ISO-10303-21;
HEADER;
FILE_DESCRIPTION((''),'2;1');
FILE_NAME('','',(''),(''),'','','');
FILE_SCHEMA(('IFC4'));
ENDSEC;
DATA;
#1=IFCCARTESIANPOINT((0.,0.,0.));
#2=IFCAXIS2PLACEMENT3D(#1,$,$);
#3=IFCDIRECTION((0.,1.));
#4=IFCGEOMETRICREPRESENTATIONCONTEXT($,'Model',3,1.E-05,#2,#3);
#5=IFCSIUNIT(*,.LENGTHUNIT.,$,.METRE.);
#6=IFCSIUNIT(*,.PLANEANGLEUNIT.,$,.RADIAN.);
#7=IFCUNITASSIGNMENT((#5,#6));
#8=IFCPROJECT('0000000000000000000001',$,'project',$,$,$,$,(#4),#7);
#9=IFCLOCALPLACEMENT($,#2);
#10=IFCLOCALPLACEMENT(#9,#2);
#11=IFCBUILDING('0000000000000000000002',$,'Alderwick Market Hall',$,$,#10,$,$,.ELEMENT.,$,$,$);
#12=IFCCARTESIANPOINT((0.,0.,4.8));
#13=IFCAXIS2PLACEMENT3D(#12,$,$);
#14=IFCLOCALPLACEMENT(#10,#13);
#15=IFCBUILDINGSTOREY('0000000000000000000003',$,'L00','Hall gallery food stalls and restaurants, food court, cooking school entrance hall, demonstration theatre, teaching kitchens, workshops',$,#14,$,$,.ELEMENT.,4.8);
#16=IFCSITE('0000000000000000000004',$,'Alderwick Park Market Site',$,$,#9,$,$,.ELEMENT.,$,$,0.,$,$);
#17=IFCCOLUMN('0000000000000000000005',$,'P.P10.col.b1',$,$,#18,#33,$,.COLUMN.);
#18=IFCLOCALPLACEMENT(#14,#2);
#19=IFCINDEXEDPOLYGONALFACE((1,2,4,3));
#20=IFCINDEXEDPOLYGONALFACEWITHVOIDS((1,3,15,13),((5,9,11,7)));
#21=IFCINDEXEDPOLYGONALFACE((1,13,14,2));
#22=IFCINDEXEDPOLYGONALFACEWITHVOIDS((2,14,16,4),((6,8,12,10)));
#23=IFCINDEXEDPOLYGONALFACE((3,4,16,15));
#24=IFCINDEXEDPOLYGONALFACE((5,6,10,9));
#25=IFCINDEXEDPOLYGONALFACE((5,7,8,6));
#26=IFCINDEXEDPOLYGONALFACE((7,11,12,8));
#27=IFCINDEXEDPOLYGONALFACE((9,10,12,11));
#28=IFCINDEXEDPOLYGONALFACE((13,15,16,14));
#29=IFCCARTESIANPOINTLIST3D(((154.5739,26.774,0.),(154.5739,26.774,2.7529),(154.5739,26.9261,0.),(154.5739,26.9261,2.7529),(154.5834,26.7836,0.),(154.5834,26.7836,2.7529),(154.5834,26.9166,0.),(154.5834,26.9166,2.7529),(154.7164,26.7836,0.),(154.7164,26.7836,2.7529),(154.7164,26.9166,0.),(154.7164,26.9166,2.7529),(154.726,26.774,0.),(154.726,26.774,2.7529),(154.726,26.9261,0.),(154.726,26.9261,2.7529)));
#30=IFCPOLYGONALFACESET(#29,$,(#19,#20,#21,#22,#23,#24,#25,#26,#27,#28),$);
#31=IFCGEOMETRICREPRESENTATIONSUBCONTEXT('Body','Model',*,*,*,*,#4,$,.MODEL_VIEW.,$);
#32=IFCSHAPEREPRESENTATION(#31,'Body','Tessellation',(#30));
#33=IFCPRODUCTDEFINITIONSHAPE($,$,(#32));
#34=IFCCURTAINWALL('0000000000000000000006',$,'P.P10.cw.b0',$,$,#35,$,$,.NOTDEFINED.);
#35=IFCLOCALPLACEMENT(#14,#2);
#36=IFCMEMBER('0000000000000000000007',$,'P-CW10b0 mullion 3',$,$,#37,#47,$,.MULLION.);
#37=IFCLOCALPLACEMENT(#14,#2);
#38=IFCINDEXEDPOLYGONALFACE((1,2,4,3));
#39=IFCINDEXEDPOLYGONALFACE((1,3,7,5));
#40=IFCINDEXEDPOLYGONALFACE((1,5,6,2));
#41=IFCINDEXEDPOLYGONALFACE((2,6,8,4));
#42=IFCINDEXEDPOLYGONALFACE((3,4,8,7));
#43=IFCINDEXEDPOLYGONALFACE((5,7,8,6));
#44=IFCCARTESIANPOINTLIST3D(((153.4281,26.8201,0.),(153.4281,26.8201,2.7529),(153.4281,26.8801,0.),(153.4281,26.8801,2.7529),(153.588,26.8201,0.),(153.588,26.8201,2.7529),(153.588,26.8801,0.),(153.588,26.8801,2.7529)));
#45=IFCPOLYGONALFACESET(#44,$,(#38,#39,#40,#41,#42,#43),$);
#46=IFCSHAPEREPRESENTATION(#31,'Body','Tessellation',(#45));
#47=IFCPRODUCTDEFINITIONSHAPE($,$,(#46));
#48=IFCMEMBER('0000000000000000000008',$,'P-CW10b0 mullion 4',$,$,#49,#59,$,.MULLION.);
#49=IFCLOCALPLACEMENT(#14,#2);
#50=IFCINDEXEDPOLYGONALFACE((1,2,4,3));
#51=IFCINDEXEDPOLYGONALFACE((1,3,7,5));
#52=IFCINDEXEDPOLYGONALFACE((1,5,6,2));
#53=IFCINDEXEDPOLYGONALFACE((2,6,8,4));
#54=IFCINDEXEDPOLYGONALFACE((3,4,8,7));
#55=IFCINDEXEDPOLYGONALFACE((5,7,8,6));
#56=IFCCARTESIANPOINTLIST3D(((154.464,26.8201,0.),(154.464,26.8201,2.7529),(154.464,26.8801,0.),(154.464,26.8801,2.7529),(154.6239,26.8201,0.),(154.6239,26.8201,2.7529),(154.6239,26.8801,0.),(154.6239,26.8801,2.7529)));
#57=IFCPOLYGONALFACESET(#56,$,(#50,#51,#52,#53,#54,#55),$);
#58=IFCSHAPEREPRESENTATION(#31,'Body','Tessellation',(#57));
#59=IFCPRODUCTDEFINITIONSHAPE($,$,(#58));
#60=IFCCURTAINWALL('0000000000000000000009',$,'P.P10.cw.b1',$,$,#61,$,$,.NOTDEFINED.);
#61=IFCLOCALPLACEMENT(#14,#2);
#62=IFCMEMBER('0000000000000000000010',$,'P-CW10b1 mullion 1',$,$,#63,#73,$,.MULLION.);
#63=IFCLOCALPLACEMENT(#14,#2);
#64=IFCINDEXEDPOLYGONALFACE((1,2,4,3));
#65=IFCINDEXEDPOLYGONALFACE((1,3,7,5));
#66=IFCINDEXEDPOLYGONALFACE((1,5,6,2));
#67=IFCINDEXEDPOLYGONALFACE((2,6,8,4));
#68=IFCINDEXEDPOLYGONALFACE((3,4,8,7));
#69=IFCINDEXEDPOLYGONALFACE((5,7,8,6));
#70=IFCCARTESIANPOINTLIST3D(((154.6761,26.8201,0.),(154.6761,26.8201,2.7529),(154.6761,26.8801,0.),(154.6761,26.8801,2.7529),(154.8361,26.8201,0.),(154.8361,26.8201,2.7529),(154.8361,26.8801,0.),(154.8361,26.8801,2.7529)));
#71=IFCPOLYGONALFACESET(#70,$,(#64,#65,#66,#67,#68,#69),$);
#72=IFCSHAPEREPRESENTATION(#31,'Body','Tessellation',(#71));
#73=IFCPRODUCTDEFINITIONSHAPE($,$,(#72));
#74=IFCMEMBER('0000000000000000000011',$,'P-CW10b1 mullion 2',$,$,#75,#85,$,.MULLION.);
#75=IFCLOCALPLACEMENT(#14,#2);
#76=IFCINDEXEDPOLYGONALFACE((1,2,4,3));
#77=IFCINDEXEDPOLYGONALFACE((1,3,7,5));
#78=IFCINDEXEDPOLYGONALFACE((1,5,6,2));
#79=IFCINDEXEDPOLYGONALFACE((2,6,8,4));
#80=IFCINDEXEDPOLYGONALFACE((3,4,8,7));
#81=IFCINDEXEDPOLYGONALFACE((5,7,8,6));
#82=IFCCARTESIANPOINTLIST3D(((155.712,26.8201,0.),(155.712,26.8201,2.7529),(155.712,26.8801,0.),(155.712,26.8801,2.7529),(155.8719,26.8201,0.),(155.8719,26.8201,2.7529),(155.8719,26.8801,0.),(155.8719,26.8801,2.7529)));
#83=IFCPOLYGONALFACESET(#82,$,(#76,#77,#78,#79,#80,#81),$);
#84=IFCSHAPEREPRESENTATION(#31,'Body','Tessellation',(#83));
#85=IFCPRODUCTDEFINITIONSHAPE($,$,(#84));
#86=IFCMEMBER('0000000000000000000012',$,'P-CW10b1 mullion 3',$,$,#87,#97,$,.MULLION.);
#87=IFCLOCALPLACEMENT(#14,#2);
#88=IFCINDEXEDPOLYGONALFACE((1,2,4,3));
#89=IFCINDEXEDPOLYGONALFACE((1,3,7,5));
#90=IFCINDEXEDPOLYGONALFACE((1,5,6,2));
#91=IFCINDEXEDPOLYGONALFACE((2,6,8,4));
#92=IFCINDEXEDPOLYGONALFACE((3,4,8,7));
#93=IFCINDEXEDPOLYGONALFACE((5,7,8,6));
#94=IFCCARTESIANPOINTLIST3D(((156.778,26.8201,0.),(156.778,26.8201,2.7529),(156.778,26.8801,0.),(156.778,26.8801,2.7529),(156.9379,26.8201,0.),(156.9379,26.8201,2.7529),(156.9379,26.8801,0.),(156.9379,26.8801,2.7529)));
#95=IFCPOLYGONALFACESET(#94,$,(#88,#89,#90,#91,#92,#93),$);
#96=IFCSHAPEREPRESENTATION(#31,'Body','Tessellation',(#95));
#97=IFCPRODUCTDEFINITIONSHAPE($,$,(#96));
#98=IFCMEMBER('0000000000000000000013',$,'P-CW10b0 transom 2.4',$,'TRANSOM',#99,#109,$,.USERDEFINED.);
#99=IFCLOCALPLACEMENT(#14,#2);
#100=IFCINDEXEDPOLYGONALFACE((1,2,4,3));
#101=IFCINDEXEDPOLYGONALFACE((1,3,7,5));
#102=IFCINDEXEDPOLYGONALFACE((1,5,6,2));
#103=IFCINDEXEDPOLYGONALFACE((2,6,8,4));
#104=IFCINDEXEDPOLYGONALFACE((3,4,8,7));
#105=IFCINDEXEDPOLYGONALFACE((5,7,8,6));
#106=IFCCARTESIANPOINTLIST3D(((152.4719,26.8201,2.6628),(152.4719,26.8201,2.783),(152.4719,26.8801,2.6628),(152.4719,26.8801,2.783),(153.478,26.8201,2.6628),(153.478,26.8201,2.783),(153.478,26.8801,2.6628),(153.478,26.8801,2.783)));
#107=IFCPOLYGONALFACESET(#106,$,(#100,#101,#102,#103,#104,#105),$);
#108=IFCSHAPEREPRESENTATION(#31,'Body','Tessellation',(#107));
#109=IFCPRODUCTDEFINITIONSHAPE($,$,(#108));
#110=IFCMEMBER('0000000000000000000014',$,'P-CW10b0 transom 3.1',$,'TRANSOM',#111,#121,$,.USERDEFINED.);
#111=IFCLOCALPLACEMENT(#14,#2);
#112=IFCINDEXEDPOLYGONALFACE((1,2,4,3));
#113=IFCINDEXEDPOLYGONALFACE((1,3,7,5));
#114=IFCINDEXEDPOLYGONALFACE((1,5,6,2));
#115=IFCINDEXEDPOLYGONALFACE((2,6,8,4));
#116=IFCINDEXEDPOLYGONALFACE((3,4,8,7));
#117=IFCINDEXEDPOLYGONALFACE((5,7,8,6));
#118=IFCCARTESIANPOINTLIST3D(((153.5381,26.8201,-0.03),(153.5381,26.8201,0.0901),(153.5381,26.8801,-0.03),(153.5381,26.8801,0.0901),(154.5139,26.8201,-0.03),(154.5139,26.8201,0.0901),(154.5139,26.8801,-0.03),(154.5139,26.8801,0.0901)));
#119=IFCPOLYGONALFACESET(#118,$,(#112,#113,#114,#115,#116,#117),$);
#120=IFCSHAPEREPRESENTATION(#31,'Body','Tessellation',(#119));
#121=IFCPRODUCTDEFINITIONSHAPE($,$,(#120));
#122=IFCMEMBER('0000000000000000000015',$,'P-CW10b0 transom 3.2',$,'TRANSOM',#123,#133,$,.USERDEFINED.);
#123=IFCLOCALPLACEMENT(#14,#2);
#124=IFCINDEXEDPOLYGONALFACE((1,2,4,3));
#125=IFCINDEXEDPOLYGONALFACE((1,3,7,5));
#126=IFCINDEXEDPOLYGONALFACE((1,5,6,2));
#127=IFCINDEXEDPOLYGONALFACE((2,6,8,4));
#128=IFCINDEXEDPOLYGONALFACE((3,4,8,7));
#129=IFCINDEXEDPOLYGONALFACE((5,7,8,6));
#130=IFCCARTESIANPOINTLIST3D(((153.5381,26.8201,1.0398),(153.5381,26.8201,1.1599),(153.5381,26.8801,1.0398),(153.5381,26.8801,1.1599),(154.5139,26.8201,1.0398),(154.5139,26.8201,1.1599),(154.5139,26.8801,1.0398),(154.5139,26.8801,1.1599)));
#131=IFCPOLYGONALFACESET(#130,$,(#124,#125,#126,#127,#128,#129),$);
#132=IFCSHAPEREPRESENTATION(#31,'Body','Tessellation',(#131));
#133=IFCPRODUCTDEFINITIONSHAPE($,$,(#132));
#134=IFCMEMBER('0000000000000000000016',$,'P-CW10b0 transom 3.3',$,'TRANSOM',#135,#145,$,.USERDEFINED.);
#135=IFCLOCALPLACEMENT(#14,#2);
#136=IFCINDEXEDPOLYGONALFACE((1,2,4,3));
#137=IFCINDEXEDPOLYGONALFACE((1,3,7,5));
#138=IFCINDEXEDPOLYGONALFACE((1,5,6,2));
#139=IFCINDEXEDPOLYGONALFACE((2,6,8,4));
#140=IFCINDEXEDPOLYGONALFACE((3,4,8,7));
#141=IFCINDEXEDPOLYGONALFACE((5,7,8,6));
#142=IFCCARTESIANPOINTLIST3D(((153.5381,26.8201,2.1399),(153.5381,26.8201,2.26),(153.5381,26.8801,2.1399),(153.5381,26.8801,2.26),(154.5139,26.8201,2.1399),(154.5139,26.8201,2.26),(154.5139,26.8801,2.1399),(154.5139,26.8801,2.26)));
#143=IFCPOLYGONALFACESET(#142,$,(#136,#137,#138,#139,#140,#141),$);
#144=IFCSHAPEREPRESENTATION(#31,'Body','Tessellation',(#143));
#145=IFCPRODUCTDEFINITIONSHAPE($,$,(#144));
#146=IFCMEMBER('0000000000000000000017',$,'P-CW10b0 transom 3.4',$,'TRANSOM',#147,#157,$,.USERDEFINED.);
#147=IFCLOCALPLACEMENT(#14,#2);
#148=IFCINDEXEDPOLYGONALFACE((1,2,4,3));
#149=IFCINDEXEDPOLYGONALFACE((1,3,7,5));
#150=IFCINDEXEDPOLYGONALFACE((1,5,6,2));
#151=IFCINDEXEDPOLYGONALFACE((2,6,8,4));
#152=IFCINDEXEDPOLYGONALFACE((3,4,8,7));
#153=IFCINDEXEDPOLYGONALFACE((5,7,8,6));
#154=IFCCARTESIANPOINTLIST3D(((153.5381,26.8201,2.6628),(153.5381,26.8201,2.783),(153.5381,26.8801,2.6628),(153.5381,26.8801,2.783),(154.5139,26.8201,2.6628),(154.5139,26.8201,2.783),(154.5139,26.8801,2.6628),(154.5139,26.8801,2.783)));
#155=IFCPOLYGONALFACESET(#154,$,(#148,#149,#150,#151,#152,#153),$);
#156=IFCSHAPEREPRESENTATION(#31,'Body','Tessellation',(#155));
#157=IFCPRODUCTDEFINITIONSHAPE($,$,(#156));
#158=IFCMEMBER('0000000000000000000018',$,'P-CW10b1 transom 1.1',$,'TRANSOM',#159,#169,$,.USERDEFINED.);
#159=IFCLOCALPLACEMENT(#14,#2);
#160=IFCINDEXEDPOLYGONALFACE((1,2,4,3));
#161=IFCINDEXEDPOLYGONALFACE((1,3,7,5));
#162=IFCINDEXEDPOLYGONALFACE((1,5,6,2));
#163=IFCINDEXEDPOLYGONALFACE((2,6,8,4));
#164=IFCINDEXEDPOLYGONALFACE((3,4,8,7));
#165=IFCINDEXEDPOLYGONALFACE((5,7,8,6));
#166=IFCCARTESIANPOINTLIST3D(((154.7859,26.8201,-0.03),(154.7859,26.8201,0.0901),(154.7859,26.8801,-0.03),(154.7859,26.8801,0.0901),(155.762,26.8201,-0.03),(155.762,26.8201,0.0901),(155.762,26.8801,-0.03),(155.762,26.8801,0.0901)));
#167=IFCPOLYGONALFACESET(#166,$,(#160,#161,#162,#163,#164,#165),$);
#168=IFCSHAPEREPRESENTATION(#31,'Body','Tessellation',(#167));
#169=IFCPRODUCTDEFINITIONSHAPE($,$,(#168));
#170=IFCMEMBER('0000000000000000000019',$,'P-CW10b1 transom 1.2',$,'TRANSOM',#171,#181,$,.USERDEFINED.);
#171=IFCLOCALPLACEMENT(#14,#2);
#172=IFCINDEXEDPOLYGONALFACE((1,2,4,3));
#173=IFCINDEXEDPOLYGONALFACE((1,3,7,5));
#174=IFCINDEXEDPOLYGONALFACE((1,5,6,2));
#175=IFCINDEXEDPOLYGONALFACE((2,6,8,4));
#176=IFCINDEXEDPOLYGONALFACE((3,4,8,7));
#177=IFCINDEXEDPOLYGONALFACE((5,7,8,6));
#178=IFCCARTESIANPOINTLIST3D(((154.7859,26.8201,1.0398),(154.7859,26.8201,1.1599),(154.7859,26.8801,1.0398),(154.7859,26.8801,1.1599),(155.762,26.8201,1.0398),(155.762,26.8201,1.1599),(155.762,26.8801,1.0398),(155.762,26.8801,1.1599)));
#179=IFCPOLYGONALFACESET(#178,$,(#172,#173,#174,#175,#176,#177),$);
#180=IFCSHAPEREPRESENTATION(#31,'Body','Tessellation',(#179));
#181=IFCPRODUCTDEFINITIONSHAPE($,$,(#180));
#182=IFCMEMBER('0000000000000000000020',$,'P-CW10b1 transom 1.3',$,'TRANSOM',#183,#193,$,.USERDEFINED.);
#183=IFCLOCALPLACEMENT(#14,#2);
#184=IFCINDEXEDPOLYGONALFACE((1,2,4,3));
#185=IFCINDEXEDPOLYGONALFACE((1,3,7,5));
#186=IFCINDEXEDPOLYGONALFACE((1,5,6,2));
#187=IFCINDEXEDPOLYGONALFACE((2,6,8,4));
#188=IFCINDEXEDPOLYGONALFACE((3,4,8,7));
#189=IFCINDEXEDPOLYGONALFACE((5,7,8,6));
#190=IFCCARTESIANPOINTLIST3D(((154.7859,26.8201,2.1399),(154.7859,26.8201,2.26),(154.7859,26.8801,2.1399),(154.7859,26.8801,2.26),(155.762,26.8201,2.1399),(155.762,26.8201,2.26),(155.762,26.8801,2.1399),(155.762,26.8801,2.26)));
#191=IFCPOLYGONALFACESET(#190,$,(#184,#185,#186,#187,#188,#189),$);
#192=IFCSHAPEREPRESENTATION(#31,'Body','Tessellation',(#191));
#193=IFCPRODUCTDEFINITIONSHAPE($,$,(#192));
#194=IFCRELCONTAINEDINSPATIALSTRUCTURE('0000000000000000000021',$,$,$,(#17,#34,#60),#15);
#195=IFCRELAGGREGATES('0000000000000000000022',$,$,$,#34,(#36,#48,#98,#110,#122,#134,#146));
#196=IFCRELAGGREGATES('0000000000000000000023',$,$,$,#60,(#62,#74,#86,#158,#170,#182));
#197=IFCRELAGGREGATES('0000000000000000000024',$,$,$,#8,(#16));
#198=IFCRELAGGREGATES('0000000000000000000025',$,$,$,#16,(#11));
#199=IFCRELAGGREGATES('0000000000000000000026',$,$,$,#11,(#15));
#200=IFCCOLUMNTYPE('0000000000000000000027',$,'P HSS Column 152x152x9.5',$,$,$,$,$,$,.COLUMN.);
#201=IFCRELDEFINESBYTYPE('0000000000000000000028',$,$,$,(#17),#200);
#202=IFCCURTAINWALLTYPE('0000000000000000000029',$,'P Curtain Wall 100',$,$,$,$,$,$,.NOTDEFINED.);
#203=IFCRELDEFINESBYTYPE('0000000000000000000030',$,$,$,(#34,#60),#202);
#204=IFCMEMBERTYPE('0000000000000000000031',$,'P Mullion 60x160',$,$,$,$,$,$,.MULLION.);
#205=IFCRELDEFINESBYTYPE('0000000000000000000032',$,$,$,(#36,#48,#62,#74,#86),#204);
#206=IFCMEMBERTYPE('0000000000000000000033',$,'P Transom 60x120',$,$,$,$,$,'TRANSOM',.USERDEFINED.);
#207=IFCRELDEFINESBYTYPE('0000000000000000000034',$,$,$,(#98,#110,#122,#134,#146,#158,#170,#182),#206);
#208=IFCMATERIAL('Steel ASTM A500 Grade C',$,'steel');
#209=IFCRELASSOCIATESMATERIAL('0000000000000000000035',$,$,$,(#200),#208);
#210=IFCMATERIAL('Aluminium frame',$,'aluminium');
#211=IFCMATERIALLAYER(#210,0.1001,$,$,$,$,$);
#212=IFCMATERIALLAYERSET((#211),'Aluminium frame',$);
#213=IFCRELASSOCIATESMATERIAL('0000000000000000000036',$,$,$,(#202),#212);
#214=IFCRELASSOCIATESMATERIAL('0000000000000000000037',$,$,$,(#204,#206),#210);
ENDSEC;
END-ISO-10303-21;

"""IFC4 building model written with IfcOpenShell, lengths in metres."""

from ifc_helpers import new_model, si_unit, direction, frame, origin, origin_2d, place, context, subcontext, project, spatial, rectangle, hollow_rectangle, extrude, material, layer, layer_set, material_profile, profile_set, type_object, element, aggregate, save


model = new_model("IFC4")

# Units and contexts
model_context = context("Model", 3, precision=1e-05, world=origin(), true_north=direction((0.0, 1.0)))
body_context = subcontext(model_context, "Body", "Model", "MODEL_VIEW")
ifc_project = project(units=[si_unit("LENGTHUNIT", "METRE"), si_unit("PLANEANGLEUNIT", "RADIAN")], contexts=[model_context])

# Site, building, storey
site_placement = place(None, origin())
site = spatial("IfcSite", under=ifc_project, at=site_placement, Name="Alderwick Park Market Site", CompositionType="ELEMENT", RefElevation=0.0)
building_placement = place(site_placement, origin())
building = spatial("IfcBuilding", under=site, at=building_placement, Name="Alderwick Market Hall", CompositionType="ELEMENT")
storey_placement = place(building_placement, frame((0.0, 0.0, 4.8)))
storey = spatial("IfcBuildingStorey", under=building, at=storey_placement, Name="L00", Description="Hall gallery food stalls and restaurants, food court, cooking school entrance hall, demonstration theatre, teaching kitchens, workshops", CompositionType="ELEMENT", Elevation=4.8)

# Column
ifc_material_1 = material(Name="Steel ASTM A500 Grade C", Category="steel")
ifc_material_profile_1 = material_profile(ifc_material_1, hollow_rectangle(XDim=0.1521, YDim=0.1521, WallThickness=0.0095, at=origin_2d()), Name="HSS152x152x9.5")
ifc_profile_set_1 = profile_set([ifc_material_profile_1], Name="Steel ASTM A500 Grade C")
column_type = type_object("IfcColumnType", Name="P HSS Column 152x152x9.5", PredefinedType="COLUMN", material=ifc_profile_set_1)
column_placement = place(storey_placement, frame((154.6499, 26.8501, 0.0), z_axis=(0.0, 0.0, 1.0), x_axis=(1.0, 0.0, 0.0)))
element("IfcColumn", 1, at=column_placement, inside=storey, type_object=column_type, Name="P.P10.col.b1", PredefinedType="COLUMN", context=body_context, shape_type="SweptSolid", body=[
    extrude(hollow_rectangle(XDim=0.1521, YDim=0.1521, WallThickness=0.0095, at=origin_2d()), origin(), (0.0, 0.0, 1.0), 2.7529),
])

# Curtain walls, members
ifc_material_2 = material(Name="Aluminium frame", Category="aluminium")
ifc_layer_1 = layer(ifc_material_2, 0.1001)
ifc_layer_set_1 = layer_set([ifc_layer_1], Name="Aluminium frame")
curtain_wall_type = type_object("IfcCurtainWallType", Name="P Curtain Wall 100", PredefinedType="NOTDEFINED", material=ifc_layer_set_1)
curtain_wall_1_placement = place(storey_placement, origin())
curtain_wall_1 = element("IfcCurtainWall", 2, at=curtain_wall_1_placement, inside=storey, type_object=curtain_wall_type, Name="P.P10.cw.b0", PredefinedType="NOTDEFINED")
ifc_material_profile_2 = material_profile(ifc_material_2, rectangle(XDim=0.0601, YDim=0.1599, at=origin_2d()), Name="P Mullion 60x160")
ifc_profile_set_2 = profile_set([ifc_material_profile_2], Name="Aluminium frame")
member_type_1 = type_object("IfcMemberType", Name="P Mullion 60x160", PredefinedType="MULLION", material=ifc_profile_set_2)
member_1_placement = place(storey_placement, frame((153.5081, 26.8501, 0.0), z_axis=(0.0, 0.0, 1.0), x_axis=(0.0, 1.0, 0.0)))
member_1 = element("IfcMember", 3, at=member_1_placement, type_object=member_type_1, Name="P-CW10b0 mullion 3", PredefinedType="MULLION", context=body_context, shape_type="SweptSolid", body=[
    extrude(rectangle(XDim=0.0601, YDim=0.1599, at=origin_2d()), origin(), (0.0, 0.0, 1.0), 2.7529),
])
member_2_placement = place(storey_placement, frame((154.5439, 26.8501, 0.0), z_axis=(0.0, 0.0, 1.0), x_axis=(0.0, 1.0, 0.0)))
member_2 = element("IfcMember", 4, at=member_2_placement, type_object=member_type_1, Name="P-CW10b0 mullion 4", PredefinedType="MULLION", context=body_context, shape_type="SweptSolid", body=[
    extrude(rectangle(XDim=0.0601, YDim=0.1599, at=origin_2d()), origin(), (0.0, 0.0, 1.0), 2.7529),
])
curtain_wall_2_placement = place(storey_placement, origin())
curtain_wall_2 = element("IfcCurtainWall", 5, at=curtain_wall_2_placement, inside=storey, type_object=curtain_wall_type, Name="P.P10.cw.b1", PredefinedType="NOTDEFINED")
member_3_placement = place(storey_placement, frame((154.7561, 26.8501, 0.0), z_axis=(0.0, 0.0, 1.0), x_axis=(0.0, 1.0, 0.0)))
member_3 = element("IfcMember", 6, at=member_3_placement, type_object=member_type_1, Name="P-CW10b1 mullion 1", PredefinedType="MULLION", context=body_context, shape_type="SweptSolid", body=[
    extrude(rectangle(XDim=0.0601, YDim=0.1599, at=origin_2d()), origin(), (0.0, 0.0, 1.0), 2.7529),
])
member_4_placement = place(storey_placement, frame((155.792, 26.8501, 0.0), z_axis=(0.0, 0.0, 1.0), x_axis=(0.0, 1.0, 0.0)))
member_4 = element("IfcMember", 7, at=member_4_placement, type_object=member_type_1, Name="P-CW10b1 mullion 2", PredefinedType="MULLION", context=body_context, shape_type="SweptSolid", body=[
    extrude(rectangle(XDim=0.0601, YDim=0.1599, at=origin_2d()), origin(), (0.0, 0.0, 1.0), 2.7529),
])
member_5_placement = place(storey_placement, frame((156.8579, 26.8501, 0.0), z_axis=(0.0, 0.0, 1.0), x_axis=(0.0, 1.0, 0.0)))
member_5 = element("IfcMember", 8, at=member_5_placement, type_object=member_type_1, Name="P-CW10b1 mullion 3", PredefinedType="MULLION", context=body_context, shape_type="SweptSolid", body=[
    extrude(rectangle(XDim=0.0601, YDim=0.1599, at=origin_2d()), origin(), (0.0, 0.0, 1.0), 2.7529),
])

# Members
ifc_material_profile_3 = material_profile(ifc_material_2, rectangle(XDim=0.0601, YDim=0.1201, at=origin_2d()), Name="P Transom 60x120")
ifc_profile_set_3 = profile_set([ifc_material_profile_3], Name="Aluminium frame")
member_type_2 = type_object("IfcMemberType", Name="P Transom 60x120", ElementType="TRANSOM", PredefinedType="USERDEFINED", material=ifc_profile_set_3)
member_6_placement = place(storey_placement, frame((152.4719, 26.8501, 2.7229), z_axis=(1.0, 0.0, 0.0), x_axis=(0.0, 1.0, 0.0)))
member_6 = element("IfcMember", 9, at=member_6_placement, type_object=member_type_2, Name="P-CW10b0 transom 2.4", ObjectType="TRANSOM", PredefinedType="USERDEFINED", context=body_context, shape_type="SweptSolid", body=[
    extrude(rectangle(XDim=0.0601, YDim=0.1201, at=origin_2d()), origin(), (0.0, 0.0, 1.0), 1.0061),
])
member_7_placement = place(storey_placement, frame((153.5381, 26.8501, 0.03), z_axis=(1.0, 0.0, 0.0), x_axis=(0.0, 1.0, 0.0)))
member_7 = element("IfcMember", 10, at=member_7_placement, type_object=member_type_2, Name="P-CW10b0 transom 3.1", ObjectType="TRANSOM", PredefinedType="USERDEFINED", context=body_context, shape_type="SweptSolid", body=[
    extrude(rectangle(XDim=0.0601, YDim=0.1201, at=origin_2d()), origin(), (0.0, 0.0, 1.0), 0.9758),
])
member_8_placement = place(storey_placement, frame((153.5381, 26.8501, 1.0999), z_axis=(1.0, 0.0, 0.0), x_axis=(0.0, 1.0, 0.0)))
member_8 = element("IfcMember", 11, at=member_8_placement, type_object=member_type_2, Name="P-CW10b0 transom 3.2", ObjectType="TRANSOM", PredefinedType="USERDEFINED", context=body_context, shape_type="SweptSolid", body=[
    extrude(rectangle(XDim=0.0601, YDim=0.1201, at=origin_2d()), origin(), (0.0, 0.0, 1.0), 0.9758),
])
member_9_placement = place(storey_placement, frame((153.5381, 26.8501, 2.2), z_axis=(1.0, 0.0, 0.0), x_axis=(0.0, 1.0, 0.0)))
member_9 = element("IfcMember", 12, at=member_9_placement, type_object=member_type_2, Name="P-CW10b0 transom 3.3", ObjectType="TRANSOM", PredefinedType="USERDEFINED", context=body_context, shape_type="SweptSolid", body=[
    extrude(rectangle(XDim=0.0601, YDim=0.1201, at=origin_2d()), origin(), (0.0, 0.0, 1.0), 0.9758),
])
member_10_placement = place(storey_placement, frame((153.5381, 26.8501, 2.7229), z_axis=(1.0, 0.0, 0.0), x_axis=(0.0, 1.0, 0.0)))
member_10 = element("IfcMember", 13, at=member_10_placement, type_object=member_type_2, Name="P-CW10b0 transom 3.4", ObjectType="TRANSOM", PredefinedType="USERDEFINED", context=body_context, shape_type="SweptSolid", body=[
    extrude(rectangle(XDim=0.0601, YDim=0.1201, at=origin_2d()), origin(), (0.0, 0.0, 1.0), 0.9758),
])
member_11_placement = place(storey_placement, frame((154.7859, 26.8501, 0.03), z_axis=(1.0, 0.0, 0.0), x_axis=(0.0, 1.0, 0.0)))
member_11 = element("IfcMember", 14, at=member_11_placement, type_object=member_type_2, Name="P-CW10b1 transom 1.1", ObjectType="TRANSOM", PredefinedType="USERDEFINED", context=body_context, shape_type="SweptSolid", body=[
    extrude(rectangle(XDim=0.0601, YDim=0.1201, at=origin_2d()), origin(), (0.0, 0.0, 1.0), 0.9761),
])
member_12_placement = place(storey_placement, frame((154.7859, 26.8501, 1.0999), z_axis=(1.0, 0.0, 0.0), x_axis=(0.0, 1.0, 0.0)))
member_12 = element("IfcMember", 15, at=member_12_placement, type_object=member_type_2, Name="P-CW10b1 transom 1.2", ObjectType="TRANSOM", PredefinedType="USERDEFINED", context=body_context, shape_type="SweptSolid", body=[
    extrude(rectangle(XDim=0.0601, YDim=0.1201, at=origin_2d()), origin(), (0.0, 0.0, 1.0), 0.9761),
])
member_13_placement = place(storey_placement, frame((154.7859, 26.8501, 2.2), z_axis=(1.0, 0.0, 0.0), x_axis=(0.0, 1.0, 0.0)))
member_13 = element("IfcMember", 16, at=member_13_placement, type_object=member_type_2, Name="P-CW10b1 transom 1.3", ObjectType="TRANSOM", PredefinedType="USERDEFINED", context=body_context, shape_type="SweptSolid", body=[
    extrude(rectangle(XDim=0.0601, YDim=0.1201, at=origin_2d()), origin(), (0.0, 0.0, 1.0), 0.9761),
])

aggregate(curtain_wall_1, [member_1, member_2, member_6, member_7, member_8, member_9, member_10])
aggregate(curtain_wall_2, [member_3, member_4, member_5, member_11, member_12, member_13])

save(model, "model.ifc")
